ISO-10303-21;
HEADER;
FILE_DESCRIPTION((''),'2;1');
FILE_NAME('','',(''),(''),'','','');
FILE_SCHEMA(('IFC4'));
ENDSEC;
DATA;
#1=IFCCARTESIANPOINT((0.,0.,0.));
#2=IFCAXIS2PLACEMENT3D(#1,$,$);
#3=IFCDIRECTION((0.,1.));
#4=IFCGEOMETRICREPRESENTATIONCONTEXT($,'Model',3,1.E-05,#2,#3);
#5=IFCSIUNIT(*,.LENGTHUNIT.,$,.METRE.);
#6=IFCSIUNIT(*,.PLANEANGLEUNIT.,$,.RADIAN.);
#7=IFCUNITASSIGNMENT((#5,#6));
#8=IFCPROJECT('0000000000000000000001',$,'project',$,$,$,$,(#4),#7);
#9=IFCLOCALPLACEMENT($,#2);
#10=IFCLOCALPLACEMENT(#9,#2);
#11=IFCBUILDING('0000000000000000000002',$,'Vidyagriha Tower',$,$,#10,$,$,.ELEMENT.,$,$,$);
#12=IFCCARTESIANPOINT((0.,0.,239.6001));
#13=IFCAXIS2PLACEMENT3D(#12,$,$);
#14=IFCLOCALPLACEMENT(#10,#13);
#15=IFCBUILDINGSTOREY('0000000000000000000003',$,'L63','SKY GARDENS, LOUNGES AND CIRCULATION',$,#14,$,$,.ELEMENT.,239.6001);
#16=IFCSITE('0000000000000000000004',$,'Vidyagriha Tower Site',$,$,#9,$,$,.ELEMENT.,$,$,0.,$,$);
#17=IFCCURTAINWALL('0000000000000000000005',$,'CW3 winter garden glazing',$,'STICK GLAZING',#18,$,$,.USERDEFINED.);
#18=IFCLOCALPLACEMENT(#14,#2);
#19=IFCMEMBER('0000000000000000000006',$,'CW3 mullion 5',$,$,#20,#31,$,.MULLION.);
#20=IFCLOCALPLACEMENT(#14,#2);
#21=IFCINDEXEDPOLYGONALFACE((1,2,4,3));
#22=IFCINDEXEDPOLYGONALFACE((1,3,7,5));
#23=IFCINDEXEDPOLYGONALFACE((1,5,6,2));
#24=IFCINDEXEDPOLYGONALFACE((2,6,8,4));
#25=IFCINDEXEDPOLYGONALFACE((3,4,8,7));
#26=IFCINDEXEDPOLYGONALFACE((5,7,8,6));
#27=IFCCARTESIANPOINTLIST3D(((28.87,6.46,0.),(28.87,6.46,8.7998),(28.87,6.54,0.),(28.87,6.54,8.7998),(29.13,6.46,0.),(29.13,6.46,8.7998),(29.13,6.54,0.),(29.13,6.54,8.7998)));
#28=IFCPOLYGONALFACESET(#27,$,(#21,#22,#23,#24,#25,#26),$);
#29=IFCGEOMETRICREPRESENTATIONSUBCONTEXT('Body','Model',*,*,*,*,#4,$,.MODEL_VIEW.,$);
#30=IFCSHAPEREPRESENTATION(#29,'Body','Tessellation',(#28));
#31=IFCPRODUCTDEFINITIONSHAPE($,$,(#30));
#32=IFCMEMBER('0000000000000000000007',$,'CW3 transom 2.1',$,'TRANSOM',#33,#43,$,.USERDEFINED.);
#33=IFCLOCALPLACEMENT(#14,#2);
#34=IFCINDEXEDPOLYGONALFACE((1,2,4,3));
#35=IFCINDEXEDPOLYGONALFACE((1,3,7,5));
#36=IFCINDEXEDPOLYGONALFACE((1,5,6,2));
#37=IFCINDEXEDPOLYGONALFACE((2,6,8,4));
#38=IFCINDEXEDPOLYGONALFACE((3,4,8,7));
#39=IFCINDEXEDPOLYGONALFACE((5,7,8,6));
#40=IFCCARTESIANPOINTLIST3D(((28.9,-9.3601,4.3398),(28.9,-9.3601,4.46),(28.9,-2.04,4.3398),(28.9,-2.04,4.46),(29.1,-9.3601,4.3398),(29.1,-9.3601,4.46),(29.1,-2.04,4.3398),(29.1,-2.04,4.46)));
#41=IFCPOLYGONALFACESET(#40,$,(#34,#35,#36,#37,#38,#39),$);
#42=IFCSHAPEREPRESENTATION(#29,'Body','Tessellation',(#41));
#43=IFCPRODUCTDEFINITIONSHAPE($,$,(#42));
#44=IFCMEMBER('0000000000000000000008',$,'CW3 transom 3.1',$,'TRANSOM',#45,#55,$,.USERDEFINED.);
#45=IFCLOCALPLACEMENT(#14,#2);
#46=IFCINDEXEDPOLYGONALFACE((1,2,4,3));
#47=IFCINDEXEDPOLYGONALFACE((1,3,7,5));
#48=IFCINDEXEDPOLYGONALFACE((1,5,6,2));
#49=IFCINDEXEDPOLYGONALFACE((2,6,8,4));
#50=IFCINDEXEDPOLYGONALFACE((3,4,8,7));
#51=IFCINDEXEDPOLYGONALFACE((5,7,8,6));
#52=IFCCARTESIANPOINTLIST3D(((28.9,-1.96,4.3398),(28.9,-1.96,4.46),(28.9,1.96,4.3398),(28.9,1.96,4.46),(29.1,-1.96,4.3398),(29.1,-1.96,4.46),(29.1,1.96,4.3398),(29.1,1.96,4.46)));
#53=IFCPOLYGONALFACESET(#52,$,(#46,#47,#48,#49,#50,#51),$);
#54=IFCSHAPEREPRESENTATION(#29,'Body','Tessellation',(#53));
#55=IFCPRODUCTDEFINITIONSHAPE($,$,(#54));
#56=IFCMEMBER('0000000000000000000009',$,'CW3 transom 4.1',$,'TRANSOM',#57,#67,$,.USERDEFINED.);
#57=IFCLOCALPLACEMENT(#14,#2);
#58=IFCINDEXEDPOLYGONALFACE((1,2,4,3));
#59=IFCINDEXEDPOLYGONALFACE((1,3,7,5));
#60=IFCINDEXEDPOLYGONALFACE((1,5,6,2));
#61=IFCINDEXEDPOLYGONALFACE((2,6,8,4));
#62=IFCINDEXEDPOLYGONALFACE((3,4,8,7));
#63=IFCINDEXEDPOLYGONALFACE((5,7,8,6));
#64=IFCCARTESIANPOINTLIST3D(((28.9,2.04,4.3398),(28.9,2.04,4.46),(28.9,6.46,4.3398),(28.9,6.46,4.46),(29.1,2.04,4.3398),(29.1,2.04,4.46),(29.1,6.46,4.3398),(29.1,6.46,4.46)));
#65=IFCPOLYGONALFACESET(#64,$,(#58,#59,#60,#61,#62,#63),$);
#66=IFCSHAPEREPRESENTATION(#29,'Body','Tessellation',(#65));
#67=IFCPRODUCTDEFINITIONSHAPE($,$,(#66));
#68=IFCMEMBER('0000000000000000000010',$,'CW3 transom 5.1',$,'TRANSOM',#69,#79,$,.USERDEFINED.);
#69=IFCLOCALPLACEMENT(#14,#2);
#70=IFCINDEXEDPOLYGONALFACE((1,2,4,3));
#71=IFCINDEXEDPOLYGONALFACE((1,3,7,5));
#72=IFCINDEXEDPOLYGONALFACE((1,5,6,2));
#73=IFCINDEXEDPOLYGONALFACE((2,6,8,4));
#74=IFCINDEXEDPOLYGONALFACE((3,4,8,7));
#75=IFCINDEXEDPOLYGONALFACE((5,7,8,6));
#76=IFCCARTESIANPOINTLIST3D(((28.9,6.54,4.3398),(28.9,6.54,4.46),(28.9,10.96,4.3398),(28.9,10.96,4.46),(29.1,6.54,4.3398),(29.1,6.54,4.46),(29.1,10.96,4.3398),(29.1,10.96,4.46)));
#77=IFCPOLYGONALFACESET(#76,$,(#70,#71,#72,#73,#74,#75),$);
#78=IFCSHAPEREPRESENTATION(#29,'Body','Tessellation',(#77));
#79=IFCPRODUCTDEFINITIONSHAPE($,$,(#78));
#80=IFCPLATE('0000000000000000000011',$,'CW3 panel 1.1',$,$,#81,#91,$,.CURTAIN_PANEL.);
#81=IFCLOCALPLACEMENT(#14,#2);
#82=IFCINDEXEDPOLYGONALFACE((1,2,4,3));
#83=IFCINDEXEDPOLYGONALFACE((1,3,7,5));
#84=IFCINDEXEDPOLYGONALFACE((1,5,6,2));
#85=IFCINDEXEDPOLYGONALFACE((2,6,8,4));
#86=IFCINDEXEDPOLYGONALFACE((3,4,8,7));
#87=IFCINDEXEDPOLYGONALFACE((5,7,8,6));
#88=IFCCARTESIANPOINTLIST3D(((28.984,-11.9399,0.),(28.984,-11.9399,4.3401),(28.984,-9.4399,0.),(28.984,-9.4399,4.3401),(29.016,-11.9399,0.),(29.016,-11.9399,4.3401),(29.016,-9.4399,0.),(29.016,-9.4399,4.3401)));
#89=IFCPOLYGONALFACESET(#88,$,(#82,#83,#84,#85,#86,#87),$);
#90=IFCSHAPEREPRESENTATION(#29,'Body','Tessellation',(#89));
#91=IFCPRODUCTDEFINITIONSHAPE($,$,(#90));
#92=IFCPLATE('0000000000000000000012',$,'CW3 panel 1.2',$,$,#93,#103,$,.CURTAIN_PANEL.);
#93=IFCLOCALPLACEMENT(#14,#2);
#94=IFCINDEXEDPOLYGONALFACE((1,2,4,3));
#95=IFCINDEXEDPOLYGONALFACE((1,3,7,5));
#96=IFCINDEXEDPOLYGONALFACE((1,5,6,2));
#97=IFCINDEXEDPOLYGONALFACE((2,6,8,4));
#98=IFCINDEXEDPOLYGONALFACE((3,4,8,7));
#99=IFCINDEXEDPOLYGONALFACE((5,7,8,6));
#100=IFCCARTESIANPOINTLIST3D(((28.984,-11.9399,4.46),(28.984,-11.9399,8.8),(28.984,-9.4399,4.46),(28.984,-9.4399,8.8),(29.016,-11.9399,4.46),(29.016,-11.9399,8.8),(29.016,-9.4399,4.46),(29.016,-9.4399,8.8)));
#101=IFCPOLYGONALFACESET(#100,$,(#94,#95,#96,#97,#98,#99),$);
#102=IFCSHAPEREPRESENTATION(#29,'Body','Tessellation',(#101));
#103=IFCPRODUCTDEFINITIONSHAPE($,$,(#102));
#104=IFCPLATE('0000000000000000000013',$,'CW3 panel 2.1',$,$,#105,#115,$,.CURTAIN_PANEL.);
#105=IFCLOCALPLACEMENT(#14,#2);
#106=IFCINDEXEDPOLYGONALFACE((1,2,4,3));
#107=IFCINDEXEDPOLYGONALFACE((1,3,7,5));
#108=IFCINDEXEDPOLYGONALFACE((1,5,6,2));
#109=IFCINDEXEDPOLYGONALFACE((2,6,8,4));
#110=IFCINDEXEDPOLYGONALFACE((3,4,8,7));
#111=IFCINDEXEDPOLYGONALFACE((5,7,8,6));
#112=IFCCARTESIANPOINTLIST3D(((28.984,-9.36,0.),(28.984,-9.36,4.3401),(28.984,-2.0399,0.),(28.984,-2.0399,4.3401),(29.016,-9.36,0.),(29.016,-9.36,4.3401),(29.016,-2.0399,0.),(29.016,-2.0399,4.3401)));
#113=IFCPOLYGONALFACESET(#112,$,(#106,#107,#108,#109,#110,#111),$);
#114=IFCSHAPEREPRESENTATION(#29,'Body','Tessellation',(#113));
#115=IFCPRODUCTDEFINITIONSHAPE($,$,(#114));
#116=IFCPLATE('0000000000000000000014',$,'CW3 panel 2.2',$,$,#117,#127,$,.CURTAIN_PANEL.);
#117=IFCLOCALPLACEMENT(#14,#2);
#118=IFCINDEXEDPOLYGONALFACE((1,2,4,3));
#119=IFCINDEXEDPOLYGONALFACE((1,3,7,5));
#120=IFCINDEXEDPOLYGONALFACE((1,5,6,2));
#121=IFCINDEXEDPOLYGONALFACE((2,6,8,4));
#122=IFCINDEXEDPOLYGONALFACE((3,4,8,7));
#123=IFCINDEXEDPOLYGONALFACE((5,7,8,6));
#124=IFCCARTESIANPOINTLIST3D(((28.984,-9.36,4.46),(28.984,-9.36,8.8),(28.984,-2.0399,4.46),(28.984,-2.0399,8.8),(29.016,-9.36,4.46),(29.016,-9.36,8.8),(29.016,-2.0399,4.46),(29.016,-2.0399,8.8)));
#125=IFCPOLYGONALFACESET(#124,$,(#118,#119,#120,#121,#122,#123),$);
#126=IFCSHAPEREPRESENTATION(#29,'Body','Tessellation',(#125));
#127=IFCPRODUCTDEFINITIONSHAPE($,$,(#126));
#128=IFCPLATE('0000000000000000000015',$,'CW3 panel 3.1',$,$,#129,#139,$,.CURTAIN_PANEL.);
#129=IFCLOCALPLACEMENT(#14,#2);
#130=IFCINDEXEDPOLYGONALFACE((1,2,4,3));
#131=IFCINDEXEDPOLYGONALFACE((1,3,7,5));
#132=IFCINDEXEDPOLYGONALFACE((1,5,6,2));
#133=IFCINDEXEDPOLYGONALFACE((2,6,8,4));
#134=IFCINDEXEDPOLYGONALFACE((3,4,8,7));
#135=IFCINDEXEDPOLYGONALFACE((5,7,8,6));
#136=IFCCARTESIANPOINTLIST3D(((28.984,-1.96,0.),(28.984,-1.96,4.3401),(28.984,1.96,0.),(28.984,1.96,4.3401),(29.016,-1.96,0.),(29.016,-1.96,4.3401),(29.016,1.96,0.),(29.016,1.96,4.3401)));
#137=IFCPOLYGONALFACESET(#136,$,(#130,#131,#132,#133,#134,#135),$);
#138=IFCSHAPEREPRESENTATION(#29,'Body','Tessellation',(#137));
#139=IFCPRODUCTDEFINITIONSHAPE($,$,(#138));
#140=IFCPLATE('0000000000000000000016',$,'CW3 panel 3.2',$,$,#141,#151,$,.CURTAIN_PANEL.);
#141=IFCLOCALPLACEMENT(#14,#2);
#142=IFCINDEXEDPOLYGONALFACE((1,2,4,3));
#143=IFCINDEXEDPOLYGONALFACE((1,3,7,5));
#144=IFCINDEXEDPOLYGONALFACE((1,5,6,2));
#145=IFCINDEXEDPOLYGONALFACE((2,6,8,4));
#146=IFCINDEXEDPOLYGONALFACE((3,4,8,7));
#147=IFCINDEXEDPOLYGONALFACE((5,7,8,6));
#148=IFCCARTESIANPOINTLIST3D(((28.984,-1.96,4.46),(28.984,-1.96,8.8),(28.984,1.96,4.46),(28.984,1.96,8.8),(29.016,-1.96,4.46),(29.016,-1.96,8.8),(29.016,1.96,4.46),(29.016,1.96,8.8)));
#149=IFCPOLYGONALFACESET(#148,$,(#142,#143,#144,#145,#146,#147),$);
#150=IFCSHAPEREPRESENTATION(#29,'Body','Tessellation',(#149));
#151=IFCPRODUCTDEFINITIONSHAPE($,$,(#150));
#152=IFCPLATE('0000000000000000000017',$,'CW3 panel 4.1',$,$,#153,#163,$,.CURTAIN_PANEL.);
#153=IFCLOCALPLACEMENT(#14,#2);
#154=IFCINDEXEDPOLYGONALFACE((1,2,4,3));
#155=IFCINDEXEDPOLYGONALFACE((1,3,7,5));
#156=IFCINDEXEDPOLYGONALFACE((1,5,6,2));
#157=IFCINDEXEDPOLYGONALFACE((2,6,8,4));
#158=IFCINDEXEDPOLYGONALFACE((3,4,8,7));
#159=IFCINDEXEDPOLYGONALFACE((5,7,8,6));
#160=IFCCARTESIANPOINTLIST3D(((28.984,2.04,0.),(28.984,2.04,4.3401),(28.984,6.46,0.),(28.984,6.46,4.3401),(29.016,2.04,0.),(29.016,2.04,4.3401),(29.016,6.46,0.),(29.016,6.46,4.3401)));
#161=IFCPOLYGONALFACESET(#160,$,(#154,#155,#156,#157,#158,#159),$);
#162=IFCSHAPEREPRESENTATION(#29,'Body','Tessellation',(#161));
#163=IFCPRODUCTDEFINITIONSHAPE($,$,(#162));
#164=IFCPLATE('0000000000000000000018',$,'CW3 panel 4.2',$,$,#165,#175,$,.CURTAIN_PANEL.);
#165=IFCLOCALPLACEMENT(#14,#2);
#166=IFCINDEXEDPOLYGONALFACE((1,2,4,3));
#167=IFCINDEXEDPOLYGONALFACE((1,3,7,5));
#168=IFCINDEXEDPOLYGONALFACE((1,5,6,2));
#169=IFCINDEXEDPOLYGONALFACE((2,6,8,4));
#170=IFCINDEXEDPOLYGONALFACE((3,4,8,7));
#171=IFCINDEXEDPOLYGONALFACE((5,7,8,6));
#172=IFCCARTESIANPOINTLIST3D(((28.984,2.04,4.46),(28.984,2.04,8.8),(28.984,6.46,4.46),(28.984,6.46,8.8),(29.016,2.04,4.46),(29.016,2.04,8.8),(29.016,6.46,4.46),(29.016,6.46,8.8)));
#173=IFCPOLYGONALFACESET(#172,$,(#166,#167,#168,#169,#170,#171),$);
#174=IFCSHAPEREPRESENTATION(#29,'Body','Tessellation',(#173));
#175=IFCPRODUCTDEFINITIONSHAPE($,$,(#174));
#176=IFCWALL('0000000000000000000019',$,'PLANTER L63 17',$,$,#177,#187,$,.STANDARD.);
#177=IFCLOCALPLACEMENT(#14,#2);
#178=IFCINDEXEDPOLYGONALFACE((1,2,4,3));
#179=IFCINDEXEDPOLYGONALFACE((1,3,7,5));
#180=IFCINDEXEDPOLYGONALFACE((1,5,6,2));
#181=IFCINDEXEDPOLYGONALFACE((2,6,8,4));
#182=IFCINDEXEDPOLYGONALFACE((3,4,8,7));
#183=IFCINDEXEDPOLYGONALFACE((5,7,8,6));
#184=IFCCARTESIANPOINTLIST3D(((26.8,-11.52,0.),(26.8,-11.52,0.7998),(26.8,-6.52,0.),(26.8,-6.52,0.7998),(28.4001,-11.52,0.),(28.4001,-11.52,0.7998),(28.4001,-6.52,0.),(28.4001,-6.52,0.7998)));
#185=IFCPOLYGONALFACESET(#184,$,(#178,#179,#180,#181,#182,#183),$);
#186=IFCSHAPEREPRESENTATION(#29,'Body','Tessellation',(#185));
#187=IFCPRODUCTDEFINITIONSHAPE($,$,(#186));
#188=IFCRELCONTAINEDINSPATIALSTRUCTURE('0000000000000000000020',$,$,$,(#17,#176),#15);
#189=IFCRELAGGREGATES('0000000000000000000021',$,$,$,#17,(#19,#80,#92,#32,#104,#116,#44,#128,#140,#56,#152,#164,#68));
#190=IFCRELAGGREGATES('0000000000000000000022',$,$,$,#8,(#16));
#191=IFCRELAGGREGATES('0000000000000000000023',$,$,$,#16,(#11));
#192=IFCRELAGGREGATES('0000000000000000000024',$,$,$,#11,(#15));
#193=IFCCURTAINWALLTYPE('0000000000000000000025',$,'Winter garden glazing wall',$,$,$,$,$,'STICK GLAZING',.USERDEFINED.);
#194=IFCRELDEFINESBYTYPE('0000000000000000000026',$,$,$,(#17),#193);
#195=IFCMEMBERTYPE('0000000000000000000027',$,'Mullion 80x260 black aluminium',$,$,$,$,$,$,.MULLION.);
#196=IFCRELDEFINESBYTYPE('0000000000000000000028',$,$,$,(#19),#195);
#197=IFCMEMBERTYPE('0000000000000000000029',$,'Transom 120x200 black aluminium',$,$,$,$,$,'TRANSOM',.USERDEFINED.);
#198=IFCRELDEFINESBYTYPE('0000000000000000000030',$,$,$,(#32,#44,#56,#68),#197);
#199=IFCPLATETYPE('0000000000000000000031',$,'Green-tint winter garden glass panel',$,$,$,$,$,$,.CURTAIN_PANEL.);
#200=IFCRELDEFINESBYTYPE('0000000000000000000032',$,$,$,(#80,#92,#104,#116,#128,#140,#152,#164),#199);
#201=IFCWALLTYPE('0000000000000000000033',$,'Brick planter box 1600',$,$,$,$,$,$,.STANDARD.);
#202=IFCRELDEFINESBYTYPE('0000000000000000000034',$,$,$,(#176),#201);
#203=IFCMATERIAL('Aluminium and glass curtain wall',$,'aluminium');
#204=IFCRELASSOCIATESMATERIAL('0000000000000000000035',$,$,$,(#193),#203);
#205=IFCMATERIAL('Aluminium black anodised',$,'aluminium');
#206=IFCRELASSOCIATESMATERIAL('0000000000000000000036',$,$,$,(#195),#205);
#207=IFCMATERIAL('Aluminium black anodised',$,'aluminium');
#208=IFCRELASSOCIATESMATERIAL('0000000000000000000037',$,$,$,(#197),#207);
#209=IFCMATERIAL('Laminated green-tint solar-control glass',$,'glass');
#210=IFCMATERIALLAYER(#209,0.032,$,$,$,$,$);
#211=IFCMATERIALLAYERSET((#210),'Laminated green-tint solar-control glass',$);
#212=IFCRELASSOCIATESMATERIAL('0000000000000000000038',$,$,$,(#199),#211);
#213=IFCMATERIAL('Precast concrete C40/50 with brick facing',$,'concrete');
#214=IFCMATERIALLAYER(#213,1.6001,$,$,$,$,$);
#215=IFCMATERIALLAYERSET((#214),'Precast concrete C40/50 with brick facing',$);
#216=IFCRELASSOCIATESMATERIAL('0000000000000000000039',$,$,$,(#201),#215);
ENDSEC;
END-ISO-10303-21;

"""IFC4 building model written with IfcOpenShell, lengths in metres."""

from ifc_helpers import new_model, si_unit, direction, frame, frame_2d, origin, origin_2d, place, context, subcontext, project, spatial, rectangle, extrude, material, layer, layer_set, material_profile, profile_set, type_object, element, aggregate, save


model = new_model("IFC4")

# Units and contexts
model_context = context("Model", 3, precision=1e-05, world=origin(), true_north=direction((0.0, 1.0)))
body_context = subcontext(model_context, "Body", "Model", "MODEL_VIEW")
ifc_project = project(units=[si_unit("LENGTHUNIT", "METRE"), si_unit("PLANEANGLEUNIT", "RADIAN")], contexts=[model_context])

# Site, building, storey
site_placement = place(None, origin())
site = spatial("IfcSite", under=ifc_project, at=site_placement, Name="Vidyagriha Tower Site", CompositionType="ELEMENT", RefElevation=0.0)
building_placement = place(site_placement, origin())
building = spatial("IfcBuilding", under=site, at=building_placement, Name="Vidyagriha Tower", CompositionType="ELEMENT")
storey_placement = place(building_placement, frame((0.0, 0.0, 239.6001)))
storey = spatial("IfcBuildingStorey", under=building, at=storey_placement, Name="L63", Description="SKY GARDENS, LOUNGES AND CIRCULATION", CompositionType="ELEMENT", Elevation=239.6001)

# Curtain wall, members, plates
ifc_material_1 = material(Name="Aluminium and glass curtain wall", Category="aluminium")
curtain_wall_type = type_object("IfcCurtainWallType", Name="Winter garden glazing wall", ElementType="STICK GLAZING", PredefinedType="USERDEFINED", material=ifc_material_1)
curtain_wall_placement = place(storey_placement, origin())
curtain_wall = element("IfcCurtainWall", 1, at=curtain_wall_placement, inside=storey, type_object=curtain_wall_type, Name="CW3 winter garden glazing", ObjectType="STICK GLAZING", PredefinedType="USERDEFINED")
ifc_material_2 = material(Name="Aluminium black anodised", Category="aluminium")
ifc_material_profile_1 = material_profile(ifc_material_2, rectangle(XDim=0.26, YDim=0.0801, at=origin_2d()), Name="Mullion 80x260 black aluminium")
ifc_profile_set_1 = profile_set([ifc_material_profile_1], Name="Aluminium black anodised")
member_type_1 = type_object("IfcMemberType", Name="Mullion 80x260 black aluminium", PredefinedType="MULLION", material=ifc_profile_set_1)
member_1_placement = place(storey_placement, frame((29.0, 6.5, 0.0), z_axis=(0.0, 0.0, 1.0), x_axis=(-1.0, 0.0, 0.0)))
member_1 = element("IfcMember", 2, at=member_1_placement, type_object=member_type_1, Name="CW3 mullion 5", PredefinedType="MULLION", context=body_context, shape_type="SweptSolid", body=[
    extrude(rectangle(XDim=0.26, YDim=0.0801, at=origin_2d()), origin(), (0.0, 0.0, 1.0), 8.7998),
])
ifc_material_3 = material(Name="Aluminium black anodised", Category="aluminium")
ifc_material_profile_2 = material_profile(ifc_material_3, rectangle(XDim=0.2, YDim=0.1201, at=origin_2d()), Name="Transom 120x200 black aluminium")
ifc_profile_set_2 = profile_set([ifc_material_profile_2], Name="Aluminium black anodised")
member_type_2 = type_object("IfcMemberType", Name="Transom 120x200 black aluminium", ElementType="TRANSOM", PredefinedType="USERDEFINED", material=ifc_profile_set_2)
member_2_placement = place(storey_placement, frame((29.0, -9.3601, 4.3999), z_axis=(0.0, 1.0, 0.0), x_axis=(-1.0, 0.0, 0.0)))
member_2 = element("IfcMember", 3, at=member_2_placement, type_object=member_type_2, Name="CW3 transom 2.1", ObjectType="TRANSOM", PredefinedType="USERDEFINED", context=body_context, shape_type="SweptSolid", body=[
    extrude(rectangle(XDim=0.2, YDim=0.1201, at=origin_2d()), origin(), (0.0, 0.0, 1.0), 7.3201),
])
member_3_placement = place(storey_placement, frame((29.0, -1.96, 4.3999), z_axis=(0.0, 1.0, 0.0), x_axis=(-1.0, 0.0, 0.0)))
member_3 = element("IfcMember", 4, at=member_3_placement, type_object=member_type_2, Name="CW3 transom 3.1", ObjectType="TRANSOM", PredefinedType="USERDEFINED", context=body_context, shape_type="SweptSolid", body=[
    extrude(rectangle(XDim=0.2, YDim=0.1201, at=origin_2d()), origin(), (0.0, 0.0, 1.0), 3.9199),
])
member_4_placement = place(storey_placement, frame((29.0, 2.04, 4.3999), z_axis=(0.0, 1.0, 0.0), x_axis=(-1.0, 0.0, 0.0)))
member_4 = element("IfcMember", 5, at=member_4_placement, type_object=member_type_2, Name="CW3 transom 4.1", ObjectType="TRANSOM", PredefinedType="USERDEFINED", context=body_context, shape_type="SweptSolid", body=[
    extrude(rectangle(XDim=0.2, YDim=0.1201, at=origin_2d()), origin(), (0.0, 0.0, 1.0), 4.4199),
])
member_5_placement = place(storey_placement, frame((29.0, 6.54, 4.3999), z_axis=(0.0, 1.0, 0.0), x_axis=(-1.0, 0.0, 0.0)))
member_5 = element("IfcMember", 6, at=member_5_placement, type_object=member_type_2, Name="CW3 transom 5.1", ObjectType="TRANSOM", PredefinedType="USERDEFINED", context=body_context, shape_type="SweptSolid", body=[
    extrude(rectangle(XDim=0.2, YDim=0.1201, at=origin_2d()), origin(), (0.0, 0.0, 1.0), 4.4199),
])
ifc_material_4 = material(Name="Laminated green-tint solar-control glass", Category="glass")
ifc_layer_1 = layer(ifc_material_4, 0.032)
ifc_layer_set_1 = layer_set([ifc_layer_1], Name="Laminated green-tint solar-control glass")
plate_type = type_object("IfcPlateType", Name="Green-tint winter garden glass panel", PredefinedType="CURTAIN_PANEL", material=ifc_layer_set_1)
plate_1_placement = place(storey_placement, frame((29.0, -10.6899, 0.0), z_axis=(0.0, 0.0, 1.0), x_axis=(0.0, 1.0, 0.0)))
plate_1 = element("IfcPlate", 7, at=plate_1_placement, type_object=plate_type, Name="CW3 panel 1.1", PredefinedType="CURTAIN_PANEL", context=body_context, shape_type="SweptSolid", body=[
    extrude(rectangle(XDim=2.5, YDim=0.032, at=origin_2d()), origin(), (0.0, 0.0, 1.0), 4.3401),
])
plate_2_placement = place(storey_placement, frame((29.0, -10.6899, 4.46), z_axis=(0.0, 0.0, 1.0), x_axis=(0.0, 1.0, 0.0)))
plate_2 = element("IfcPlate", 8, at=plate_2_placement, type_object=plate_type, Name="CW3 panel 1.2", PredefinedType="CURTAIN_PANEL", context=body_context, shape_type="SweptSolid", body=[
    extrude(rectangle(XDim=2.5, YDim=0.032, at=origin_2d()), origin(), (0.0, 0.0, 1.0), 4.3401),
])
plate_3_placement = place(storey_placement, frame((29.0, -5.7, 0.0), z_axis=(0.0, 0.0, 1.0), x_axis=(0.0, 1.0, 0.0)))
plate_3 = element("IfcPlate", 9, at=plate_3_placement, type_object=plate_type, Name="CW3 panel 2.1", PredefinedType="CURTAIN_PANEL", context=body_context, shape_type="SweptSolid", body=[
    extrude(rectangle(XDim=7.3201, YDim=0.032, at=origin_2d()), origin(), (0.0, 0.0, 1.0), 4.3401),
])
plate_4_placement = place(storey_placement, frame((29.0, -5.7, 4.46), z_axis=(0.0, 0.0, 1.0), x_axis=(0.0, 1.0, 0.0)))
plate_4 = element("IfcPlate", 10, at=plate_4_placement, type_object=plate_type, Name="CW3 panel 2.2", PredefinedType="CURTAIN_PANEL", context=body_context, shape_type="SweptSolid", body=[
    extrude(rectangle(XDim=7.3201, YDim=0.032, at=origin_2d()), origin(), (0.0, 0.0, 1.0), 4.3401),
])
plate_5_placement = place(storey_placement, frame((29.0, 0.0, 0.0), z_axis=(0.0, 0.0, 1.0), x_axis=(0.0, 1.0, 0.0)))
plate_5 = element("IfcPlate", 11, at=plate_5_placement, type_object=plate_type, Name="CW3 panel 3.1", PredefinedType="CURTAIN_PANEL", context=body_context, shape_type="SweptSolid", body=[
    extrude(rectangle(XDim=3.9199, YDim=0.032, at=origin_2d()), origin(), (0.0, 0.0, 1.0), 4.3401),
])
plate_6_placement = place(storey_placement, frame((29.0, 0.0, 4.46), z_axis=(0.0, 0.0, 1.0), x_axis=(0.0, 1.0, 0.0)))
plate_6 = element("IfcPlate", 12, at=plate_6_placement, type_object=plate_type, Name="CW3 panel 3.2", PredefinedType="CURTAIN_PANEL", context=body_context, shape_type="SweptSolid", body=[
    extrude(rectangle(XDim=3.9199, YDim=0.032, at=origin_2d()), origin(), (0.0, 0.0, 1.0), 4.3401),
])
plate_7_placement = place(storey_placement, frame((29.0, 4.25, 0.0), z_axis=(0.0, 0.0, 1.0), x_axis=(0.0, 1.0, 0.0)))
plate_7 = element("IfcPlate", 13, at=plate_7_placement, type_object=plate_type, Name="CW3 panel 4.1", PredefinedType="CURTAIN_PANEL", context=body_context, shape_type="SweptSolid", body=[
    extrude(rectangle(XDim=4.4199, YDim=0.032, at=origin_2d()), origin(), (0.0, 0.0, 1.0), 4.3401),
])
plate_8_placement = place(storey_placement, frame((29.0, 4.25, 4.46), z_axis=(0.0, 0.0, 1.0), x_axis=(0.0, 1.0, 0.0)))
plate_8 = element("IfcPlate", 14, at=plate_8_placement, type_object=plate_type, Name="CW3 panel 4.2", PredefinedType="CURTAIN_PANEL", context=body_context, shape_type="SweptSolid", body=[
    extrude(rectangle(XDim=4.4199, YDim=0.032, at=origin_2d()), origin(), (0.0, 0.0, 1.0), 4.3401),
])
aggregate(curtain_wall, [member_1, plate_1, plate_2, member_2, plate_3, plate_4, member_3, plate_5, plate_6, member_4, plate_7, plate_8, member_5])

# Wall
ifc_material_5 = material(Name="Precast concrete C40/50 with brick facing", Category="concrete")
ifc_layer_2 = layer(ifc_material_5, 1.6001)
ifc_layer_set_2 = layer_set([ifc_layer_2], Name="Precast concrete C40/50 with brick facing")
wall_type_1 = type_object("IfcWallType", Name="Brick planter box 1600", PredefinedType="STANDARD", material=ifc_layer_set_2)
wall_1_placement = place(storey_placement, frame((27.6001, -11.52, 0.0), z_axis=(0.0, 0.0, 1.0), x_axis=(0.0, 1.0, 0.0)))
element("IfcWall", 15, at=wall_1_placement, inside=storey, type_object=wall_type_1, Name="PLANTER L63 17", PredefinedType="STANDARD", context=body_context, shape_type="SweptSolid", body=[
    extrude(rectangle(XDim=5.0, YDim=1.6001, at=frame_2d((2.5, 0.0))), origin(), (0.0, 0.0, 1.0), 0.7998),
])

save(model, "model.ifc")
